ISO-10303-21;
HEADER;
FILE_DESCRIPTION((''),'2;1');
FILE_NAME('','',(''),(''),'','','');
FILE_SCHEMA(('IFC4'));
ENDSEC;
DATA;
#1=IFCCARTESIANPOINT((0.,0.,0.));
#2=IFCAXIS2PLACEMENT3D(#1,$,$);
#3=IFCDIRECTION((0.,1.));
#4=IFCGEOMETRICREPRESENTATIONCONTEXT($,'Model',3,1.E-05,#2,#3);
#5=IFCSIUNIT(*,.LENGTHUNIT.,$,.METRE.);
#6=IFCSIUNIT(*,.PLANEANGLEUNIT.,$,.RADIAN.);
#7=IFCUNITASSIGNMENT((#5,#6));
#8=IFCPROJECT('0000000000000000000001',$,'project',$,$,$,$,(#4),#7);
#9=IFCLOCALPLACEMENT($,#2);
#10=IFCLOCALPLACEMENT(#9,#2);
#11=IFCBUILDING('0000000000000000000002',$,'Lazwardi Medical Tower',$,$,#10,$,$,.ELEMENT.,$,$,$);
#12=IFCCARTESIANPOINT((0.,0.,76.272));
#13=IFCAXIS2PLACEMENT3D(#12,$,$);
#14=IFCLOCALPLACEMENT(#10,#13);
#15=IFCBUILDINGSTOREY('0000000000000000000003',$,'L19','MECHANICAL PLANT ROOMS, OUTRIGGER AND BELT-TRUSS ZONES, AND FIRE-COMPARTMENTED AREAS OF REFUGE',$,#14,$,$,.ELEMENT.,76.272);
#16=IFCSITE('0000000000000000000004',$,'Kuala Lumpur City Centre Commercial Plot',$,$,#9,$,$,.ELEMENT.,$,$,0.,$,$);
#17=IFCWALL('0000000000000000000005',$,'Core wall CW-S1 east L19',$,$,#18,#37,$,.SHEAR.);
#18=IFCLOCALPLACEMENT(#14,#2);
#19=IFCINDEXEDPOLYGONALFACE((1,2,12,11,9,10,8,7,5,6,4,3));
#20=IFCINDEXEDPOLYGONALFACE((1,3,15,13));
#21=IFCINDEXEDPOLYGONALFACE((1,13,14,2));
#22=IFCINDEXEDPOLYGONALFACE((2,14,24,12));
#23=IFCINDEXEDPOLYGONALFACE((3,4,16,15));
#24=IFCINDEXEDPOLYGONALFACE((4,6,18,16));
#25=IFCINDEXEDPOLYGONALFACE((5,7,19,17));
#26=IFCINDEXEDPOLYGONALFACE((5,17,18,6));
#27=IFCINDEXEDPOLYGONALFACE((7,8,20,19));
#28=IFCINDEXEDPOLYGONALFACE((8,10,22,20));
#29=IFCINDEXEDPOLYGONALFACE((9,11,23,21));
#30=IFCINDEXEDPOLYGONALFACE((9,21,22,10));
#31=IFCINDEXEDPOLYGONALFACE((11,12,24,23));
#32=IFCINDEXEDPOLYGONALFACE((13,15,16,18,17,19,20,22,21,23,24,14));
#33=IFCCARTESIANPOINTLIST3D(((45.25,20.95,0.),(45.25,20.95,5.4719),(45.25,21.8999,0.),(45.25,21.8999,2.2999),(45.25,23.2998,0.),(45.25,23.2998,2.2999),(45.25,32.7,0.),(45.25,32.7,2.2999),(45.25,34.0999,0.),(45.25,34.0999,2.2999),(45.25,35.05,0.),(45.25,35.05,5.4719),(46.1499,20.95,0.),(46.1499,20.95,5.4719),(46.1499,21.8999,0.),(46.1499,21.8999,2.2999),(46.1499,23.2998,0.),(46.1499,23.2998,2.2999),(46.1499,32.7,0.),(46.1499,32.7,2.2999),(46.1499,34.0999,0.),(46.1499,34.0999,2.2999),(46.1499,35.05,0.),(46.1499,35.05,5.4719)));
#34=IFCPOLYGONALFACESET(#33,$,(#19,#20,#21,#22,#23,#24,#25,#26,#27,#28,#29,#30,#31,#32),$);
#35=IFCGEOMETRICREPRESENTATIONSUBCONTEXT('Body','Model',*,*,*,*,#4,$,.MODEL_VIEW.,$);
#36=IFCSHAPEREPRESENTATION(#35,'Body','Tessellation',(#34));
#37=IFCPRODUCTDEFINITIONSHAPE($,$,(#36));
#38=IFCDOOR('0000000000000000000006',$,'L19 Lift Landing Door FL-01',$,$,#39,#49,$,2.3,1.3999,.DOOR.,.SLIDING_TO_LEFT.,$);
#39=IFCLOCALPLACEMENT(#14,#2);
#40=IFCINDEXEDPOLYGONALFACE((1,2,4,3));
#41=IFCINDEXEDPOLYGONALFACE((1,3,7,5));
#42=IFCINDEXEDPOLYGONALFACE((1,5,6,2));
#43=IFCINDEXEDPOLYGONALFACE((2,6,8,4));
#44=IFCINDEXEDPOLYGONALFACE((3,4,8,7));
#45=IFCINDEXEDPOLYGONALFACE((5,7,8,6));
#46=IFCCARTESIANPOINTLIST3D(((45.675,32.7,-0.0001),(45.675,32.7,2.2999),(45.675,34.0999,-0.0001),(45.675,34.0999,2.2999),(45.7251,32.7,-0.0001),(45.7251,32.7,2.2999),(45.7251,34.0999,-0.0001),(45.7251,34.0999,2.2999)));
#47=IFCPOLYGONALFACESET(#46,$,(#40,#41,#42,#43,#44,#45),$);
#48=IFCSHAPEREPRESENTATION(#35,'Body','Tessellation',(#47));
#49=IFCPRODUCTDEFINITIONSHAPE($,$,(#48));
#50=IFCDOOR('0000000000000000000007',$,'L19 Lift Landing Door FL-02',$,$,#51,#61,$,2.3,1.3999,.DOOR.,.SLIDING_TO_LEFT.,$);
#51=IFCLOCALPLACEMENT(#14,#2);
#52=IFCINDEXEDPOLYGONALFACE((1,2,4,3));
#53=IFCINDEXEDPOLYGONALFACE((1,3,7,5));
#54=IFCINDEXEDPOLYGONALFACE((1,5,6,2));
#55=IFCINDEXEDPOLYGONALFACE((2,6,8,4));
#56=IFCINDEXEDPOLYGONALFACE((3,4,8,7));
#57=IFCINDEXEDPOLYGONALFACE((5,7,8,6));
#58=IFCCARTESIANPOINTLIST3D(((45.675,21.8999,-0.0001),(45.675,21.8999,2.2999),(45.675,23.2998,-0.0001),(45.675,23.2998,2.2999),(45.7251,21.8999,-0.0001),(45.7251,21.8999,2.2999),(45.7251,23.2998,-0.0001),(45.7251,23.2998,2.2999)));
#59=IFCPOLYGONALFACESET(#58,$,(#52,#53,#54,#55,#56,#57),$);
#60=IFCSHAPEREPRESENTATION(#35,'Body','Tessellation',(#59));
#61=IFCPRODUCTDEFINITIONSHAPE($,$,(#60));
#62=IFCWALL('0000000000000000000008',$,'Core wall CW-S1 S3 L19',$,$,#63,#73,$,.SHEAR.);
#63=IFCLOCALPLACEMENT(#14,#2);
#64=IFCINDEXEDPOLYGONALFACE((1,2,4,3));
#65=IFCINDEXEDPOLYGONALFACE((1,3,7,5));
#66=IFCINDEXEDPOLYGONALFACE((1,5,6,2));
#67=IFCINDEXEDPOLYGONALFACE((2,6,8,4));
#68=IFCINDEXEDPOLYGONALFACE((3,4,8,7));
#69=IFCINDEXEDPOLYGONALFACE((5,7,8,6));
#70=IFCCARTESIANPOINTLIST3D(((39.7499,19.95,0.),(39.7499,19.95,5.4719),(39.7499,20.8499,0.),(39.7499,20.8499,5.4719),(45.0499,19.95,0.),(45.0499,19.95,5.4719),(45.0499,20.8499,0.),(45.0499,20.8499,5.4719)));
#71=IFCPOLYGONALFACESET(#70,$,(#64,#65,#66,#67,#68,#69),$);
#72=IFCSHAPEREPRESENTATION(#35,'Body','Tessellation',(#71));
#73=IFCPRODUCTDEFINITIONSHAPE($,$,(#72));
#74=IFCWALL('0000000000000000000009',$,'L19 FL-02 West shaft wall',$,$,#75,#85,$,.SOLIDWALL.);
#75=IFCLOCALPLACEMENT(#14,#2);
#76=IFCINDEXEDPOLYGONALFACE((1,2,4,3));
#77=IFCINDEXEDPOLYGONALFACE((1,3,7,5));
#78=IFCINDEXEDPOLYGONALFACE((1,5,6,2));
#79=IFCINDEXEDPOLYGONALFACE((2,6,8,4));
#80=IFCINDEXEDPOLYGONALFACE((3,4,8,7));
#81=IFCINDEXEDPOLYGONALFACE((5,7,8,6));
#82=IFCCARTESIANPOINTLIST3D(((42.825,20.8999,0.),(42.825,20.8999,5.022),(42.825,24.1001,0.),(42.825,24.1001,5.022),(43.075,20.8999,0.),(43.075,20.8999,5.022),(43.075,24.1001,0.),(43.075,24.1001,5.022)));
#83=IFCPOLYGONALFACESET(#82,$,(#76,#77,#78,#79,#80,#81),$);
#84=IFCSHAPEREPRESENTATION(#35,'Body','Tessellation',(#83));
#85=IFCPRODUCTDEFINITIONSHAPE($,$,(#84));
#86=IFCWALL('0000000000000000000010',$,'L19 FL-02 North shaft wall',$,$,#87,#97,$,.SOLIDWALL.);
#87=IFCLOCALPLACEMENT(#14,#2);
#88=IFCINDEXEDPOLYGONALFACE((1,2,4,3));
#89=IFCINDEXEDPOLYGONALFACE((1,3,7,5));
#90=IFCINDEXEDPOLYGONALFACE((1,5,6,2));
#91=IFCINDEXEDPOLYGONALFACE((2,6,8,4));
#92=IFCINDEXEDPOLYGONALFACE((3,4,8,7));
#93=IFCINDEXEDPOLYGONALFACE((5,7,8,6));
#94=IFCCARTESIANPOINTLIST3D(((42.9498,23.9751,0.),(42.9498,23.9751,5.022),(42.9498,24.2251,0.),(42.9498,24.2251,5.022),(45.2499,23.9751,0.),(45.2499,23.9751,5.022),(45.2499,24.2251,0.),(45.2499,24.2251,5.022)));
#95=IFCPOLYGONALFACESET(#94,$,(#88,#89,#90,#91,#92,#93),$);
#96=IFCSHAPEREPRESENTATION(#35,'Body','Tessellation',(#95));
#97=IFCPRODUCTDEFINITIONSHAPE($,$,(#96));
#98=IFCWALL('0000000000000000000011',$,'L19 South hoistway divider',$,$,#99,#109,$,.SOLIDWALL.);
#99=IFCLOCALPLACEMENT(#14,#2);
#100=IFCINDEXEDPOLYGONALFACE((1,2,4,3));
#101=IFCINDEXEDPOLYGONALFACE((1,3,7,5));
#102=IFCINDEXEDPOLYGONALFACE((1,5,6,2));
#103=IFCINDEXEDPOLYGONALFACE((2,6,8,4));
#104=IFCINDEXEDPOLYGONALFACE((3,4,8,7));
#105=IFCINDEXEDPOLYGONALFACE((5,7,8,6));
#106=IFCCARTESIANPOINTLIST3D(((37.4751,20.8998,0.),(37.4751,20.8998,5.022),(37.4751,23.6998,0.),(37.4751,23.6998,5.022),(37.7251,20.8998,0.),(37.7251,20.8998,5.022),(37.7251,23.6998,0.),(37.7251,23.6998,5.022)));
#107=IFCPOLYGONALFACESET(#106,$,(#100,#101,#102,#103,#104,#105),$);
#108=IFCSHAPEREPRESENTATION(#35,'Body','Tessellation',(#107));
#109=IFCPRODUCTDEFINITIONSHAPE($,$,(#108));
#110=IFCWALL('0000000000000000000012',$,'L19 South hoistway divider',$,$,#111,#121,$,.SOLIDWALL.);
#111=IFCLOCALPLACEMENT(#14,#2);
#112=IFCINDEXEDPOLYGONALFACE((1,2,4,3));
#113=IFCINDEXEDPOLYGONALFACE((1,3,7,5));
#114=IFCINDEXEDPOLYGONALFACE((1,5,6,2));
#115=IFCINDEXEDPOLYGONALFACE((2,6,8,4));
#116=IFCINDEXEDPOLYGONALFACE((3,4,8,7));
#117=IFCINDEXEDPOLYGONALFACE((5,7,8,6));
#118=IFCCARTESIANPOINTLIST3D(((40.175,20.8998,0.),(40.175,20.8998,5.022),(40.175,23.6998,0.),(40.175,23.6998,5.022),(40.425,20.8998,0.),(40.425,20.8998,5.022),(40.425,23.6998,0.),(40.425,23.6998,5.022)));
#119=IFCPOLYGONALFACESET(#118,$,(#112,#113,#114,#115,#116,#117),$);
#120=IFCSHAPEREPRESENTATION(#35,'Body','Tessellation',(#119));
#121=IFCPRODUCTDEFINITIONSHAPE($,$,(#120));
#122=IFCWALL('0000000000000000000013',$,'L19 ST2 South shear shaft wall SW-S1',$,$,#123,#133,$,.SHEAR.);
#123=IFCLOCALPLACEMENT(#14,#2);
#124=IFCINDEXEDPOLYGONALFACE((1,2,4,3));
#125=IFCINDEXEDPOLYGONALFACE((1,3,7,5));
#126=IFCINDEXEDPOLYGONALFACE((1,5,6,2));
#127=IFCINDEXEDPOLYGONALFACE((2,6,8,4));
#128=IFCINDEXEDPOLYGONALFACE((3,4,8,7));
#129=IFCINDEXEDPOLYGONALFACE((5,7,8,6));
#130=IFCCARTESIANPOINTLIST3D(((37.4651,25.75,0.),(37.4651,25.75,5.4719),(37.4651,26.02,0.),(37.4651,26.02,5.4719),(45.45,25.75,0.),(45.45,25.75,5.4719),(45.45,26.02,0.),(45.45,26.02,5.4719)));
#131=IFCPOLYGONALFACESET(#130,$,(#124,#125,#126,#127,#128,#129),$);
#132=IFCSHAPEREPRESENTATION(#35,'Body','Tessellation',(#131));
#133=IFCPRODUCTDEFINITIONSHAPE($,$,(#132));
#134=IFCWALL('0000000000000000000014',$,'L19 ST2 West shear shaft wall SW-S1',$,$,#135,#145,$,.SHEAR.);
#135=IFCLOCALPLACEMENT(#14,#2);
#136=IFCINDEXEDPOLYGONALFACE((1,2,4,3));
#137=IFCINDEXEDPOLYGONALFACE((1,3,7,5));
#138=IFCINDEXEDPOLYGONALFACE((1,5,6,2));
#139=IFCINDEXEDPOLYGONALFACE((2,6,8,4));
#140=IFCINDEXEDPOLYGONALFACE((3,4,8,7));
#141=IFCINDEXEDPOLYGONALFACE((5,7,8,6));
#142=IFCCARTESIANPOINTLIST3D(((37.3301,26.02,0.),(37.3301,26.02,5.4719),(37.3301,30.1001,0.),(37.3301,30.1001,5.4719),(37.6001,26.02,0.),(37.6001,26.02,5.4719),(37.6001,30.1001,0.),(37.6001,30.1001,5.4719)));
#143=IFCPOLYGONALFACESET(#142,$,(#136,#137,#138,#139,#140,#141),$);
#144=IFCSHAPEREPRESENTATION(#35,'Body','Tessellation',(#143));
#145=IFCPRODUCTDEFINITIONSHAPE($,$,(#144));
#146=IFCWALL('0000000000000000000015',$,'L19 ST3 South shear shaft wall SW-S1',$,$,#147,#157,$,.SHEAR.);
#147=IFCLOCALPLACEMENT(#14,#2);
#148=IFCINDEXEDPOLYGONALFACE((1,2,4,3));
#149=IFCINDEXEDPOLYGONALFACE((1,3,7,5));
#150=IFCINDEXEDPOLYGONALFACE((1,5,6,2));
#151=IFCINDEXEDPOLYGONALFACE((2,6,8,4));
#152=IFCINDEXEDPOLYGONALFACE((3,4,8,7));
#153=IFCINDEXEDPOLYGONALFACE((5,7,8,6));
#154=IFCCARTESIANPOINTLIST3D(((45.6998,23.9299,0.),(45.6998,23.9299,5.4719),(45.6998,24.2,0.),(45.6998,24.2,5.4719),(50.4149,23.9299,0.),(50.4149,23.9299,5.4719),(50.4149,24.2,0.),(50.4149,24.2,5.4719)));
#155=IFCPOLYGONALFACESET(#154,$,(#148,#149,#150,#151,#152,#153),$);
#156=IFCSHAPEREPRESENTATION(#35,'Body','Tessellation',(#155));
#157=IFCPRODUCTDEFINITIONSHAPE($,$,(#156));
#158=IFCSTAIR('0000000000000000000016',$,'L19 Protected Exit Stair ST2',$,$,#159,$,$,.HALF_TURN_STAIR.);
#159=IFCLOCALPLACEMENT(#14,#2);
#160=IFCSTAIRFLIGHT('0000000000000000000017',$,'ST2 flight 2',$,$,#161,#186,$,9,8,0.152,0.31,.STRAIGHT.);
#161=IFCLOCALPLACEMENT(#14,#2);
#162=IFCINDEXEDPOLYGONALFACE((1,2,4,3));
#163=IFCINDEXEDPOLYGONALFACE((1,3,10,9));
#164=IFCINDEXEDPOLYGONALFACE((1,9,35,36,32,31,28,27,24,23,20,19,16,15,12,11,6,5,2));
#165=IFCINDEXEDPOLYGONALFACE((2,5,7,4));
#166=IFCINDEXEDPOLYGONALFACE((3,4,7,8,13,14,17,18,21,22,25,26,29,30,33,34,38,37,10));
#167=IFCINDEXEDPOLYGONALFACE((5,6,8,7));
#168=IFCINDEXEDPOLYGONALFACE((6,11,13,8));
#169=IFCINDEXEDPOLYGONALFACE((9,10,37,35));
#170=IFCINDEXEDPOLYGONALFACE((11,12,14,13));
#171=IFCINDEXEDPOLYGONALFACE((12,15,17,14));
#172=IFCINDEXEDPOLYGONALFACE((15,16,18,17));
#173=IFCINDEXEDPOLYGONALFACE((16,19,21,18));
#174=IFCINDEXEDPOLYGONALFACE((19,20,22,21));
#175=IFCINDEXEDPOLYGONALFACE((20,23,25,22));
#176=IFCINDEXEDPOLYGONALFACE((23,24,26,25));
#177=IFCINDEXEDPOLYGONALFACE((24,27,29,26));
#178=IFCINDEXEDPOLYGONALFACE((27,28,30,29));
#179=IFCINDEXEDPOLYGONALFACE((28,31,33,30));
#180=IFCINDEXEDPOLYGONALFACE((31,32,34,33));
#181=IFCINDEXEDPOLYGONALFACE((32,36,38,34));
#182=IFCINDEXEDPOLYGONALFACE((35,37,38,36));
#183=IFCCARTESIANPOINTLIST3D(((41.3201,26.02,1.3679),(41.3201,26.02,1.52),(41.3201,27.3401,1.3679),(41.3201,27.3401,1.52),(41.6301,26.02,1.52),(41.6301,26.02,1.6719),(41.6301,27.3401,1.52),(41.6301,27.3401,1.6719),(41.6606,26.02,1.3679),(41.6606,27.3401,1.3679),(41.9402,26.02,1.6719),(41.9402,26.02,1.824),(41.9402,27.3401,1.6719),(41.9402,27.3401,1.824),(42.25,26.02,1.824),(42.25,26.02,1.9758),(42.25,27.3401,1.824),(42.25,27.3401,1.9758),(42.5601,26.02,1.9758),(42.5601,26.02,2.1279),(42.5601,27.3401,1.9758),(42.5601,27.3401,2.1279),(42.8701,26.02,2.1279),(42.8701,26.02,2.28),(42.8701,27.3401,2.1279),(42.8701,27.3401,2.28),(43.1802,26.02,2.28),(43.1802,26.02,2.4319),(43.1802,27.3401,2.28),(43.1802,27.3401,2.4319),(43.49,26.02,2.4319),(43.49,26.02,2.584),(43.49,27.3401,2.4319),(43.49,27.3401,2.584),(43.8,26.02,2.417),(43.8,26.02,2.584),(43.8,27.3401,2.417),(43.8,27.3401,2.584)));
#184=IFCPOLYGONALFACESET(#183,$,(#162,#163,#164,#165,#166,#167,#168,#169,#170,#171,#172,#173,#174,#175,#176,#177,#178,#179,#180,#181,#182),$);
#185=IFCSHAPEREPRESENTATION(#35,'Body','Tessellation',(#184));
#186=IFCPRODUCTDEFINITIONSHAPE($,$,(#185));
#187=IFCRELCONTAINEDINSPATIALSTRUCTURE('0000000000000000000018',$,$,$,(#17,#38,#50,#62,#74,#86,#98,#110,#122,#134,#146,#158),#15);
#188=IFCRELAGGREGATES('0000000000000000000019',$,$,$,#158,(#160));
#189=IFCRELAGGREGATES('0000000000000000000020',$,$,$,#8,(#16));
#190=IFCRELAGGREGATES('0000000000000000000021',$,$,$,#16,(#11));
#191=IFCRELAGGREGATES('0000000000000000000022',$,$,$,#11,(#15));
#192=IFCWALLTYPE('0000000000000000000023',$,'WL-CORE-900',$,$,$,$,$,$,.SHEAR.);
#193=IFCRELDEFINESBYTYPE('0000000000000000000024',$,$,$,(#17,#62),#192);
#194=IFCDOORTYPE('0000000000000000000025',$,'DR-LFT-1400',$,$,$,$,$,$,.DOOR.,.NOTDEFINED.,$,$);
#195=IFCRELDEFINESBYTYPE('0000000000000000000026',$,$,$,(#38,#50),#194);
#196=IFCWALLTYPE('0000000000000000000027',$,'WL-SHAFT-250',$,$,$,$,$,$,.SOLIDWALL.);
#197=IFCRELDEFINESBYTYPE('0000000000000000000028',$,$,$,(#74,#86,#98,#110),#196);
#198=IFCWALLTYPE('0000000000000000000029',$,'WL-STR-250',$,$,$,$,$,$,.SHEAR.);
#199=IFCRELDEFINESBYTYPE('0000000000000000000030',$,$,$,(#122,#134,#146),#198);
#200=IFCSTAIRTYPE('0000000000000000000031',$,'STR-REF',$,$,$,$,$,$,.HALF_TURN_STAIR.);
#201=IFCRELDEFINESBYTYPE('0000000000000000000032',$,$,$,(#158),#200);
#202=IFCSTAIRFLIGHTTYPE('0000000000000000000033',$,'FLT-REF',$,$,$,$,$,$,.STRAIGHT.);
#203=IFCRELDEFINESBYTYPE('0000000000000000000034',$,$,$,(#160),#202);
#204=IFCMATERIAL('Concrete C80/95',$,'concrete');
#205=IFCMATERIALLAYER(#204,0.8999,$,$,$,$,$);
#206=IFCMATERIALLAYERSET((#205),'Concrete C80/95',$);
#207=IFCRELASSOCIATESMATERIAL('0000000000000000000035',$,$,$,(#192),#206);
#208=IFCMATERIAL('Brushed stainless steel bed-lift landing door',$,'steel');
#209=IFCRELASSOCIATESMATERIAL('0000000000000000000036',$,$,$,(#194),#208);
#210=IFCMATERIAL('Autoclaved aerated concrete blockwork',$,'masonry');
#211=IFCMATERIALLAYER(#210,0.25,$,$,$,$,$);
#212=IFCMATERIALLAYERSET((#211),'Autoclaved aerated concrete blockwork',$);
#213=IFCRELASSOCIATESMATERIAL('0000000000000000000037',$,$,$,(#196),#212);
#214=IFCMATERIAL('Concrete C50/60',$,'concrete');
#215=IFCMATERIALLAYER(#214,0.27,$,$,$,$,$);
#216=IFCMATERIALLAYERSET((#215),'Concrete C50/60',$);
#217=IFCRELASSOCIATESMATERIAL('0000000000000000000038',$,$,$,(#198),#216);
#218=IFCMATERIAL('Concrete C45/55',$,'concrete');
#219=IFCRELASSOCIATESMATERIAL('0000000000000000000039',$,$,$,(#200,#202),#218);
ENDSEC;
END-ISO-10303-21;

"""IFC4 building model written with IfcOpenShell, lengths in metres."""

from ifc_helpers import new_model, si_unit, direction, frame, frame_2d, origin, place, context, subcontext, project, spatial, polyline, rectangle, outline, extrude, material, layer, layer_set, type_object, element, fill, aggregate, save


model = new_model("IFC4")

# Units and contexts
model_context = context("Model", 3, precision=1e-05, world=origin(), true_north=direction((0.0, 1.0)))
body_context = subcontext(model_context, "Body", "Model", "MODEL_VIEW")
ifc_project = project(units=[si_unit("LENGTHUNIT", "METRE"), si_unit("PLANEANGLEUNIT", "RADIAN")], contexts=[model_context])

# Site, building, storey
site_placement = place(None, origin())
site = spatial("IfcSite", under=ifc_project, at=site_placement, Name="Kuala Lumpur City Centre Commercial Plot", CompositionType="ELEMENT", RefElevation=0.0)
building_placement = place(site_placement, origin())
building = spatial("IfcBuilding", under=site, at=building_placement, Name="Lazwardi Medical Tower", CompositionType="ELEMENT")
storey_placement = place(building_placement, frame((0.0, 0.0, 76.272)))
storey = spatial("IfcBuildingStorey", under=building, at=storey_placement, Name="L19", Description="MECHANICAL PLANT ROOMS, OUTRIGGER AND BELT-TRUSS ZONES, AND FIRE-COMPARTMENTED AREAS OF REFUGE", CompositionType="ELEMENT", Elevation=76.272)

# Shared definitions
ifc_material_1 = material(Name="Concrete C80/95", Category="concrete")

# Wall, openings, doors
ifc_layer_1 = layer(ifc_material_1, 0.8999)
ifc_layer_set_1 = layer_set([ifc_layer_1], Name="Concrete C80/95")
wall_type_1 = type_object("IfcWallType", Name="WL-CORE-900", PredefinedType="SHEAR", material=ifc_layer_set_1)
wall_1_placement = place(storey_placement, frame((45.7, 20.95, 0.0), z_axis=(0.0, 0.0, 1.0), x_axis=(0.0, 1.0, 0.0)))
wall_1 = element("IfcWall", 1, at=wall_1_placement, inside=storey, type_object=wall_type_1, Name="Core wall CW-S1 east L19", PredefinedType="SHEAR", context=body_context, shape_type="SweptSolid", body=[
    extrude(rectangle(XDim=14.1001, YDim=0.8999, at=frame_2d((7.05, 0.0))), origin(), (0.0, 0.0, 1.0), 5.4719),
])
opening_1_placement = place(wall_1_placement, frame((11.75, 0.0, 0.0)))
opening_1 = element("IfcOpeningElement", 2, at=opening_1_placement, cuts=wall_1, PredefinedType="OPENING", context=body_context, shape_type="SweptSolid", body=[
    extrude(rectangle(XDim=1.3999, YDim=2.3, at=frame_2d((0.7, 1.1499))), frame((0.0, 0.46, 0.0), z_axis=(0.0, -1.0, 0.0), x_axis=(1.0, 0.0, 0.0)), (0.0, 0.0, 1.0), 0.9199),
])
opening_2_placement = place(wall_1_placement, frame((0.95, 0.0, 0.0)))
opening_2 = element("IfcOpeningElement", 3, at=opening_2_placement, cuts=wall_1, PredefinedType="OPENING", context=body_context, shape_type="SweptSolid", body=[
    extrude(rectangle(XDim=1.3999, YDim=2.3, at=frame_2d((0.7, 1.1499))), frame((0.0, 0.46, 0.0), z_axis=(0.0, -1.0, 0.0), x_axis=(1.0, 0.0, 0.0)), (0.0, 0.0, 1.0), 0.9199),
])
ifc_material_2 = material(Name="Brushed stainless steel bed-lift landing door", Category="steel")
door_type = type_object("IfcDoorType", Name="DR-LFT-1400", OperationType="NOTDEFINED", PredefinedType="DOOR", material=ifc_material_2)
door_1_placement = place(opening_1_placement, origin())
door_1 = element("IfcDoor", 4, at=door_1_placement, inside=storey, type_object=door_type, Name="L19 Lift Landing Door FL-01", OperationType="SLIDING_TO_LEFT", OverallHeight=2.3, OverallWidth=1.3999, PredefinedType="DOOR", context=body_context, shape_type="SweptSolid", body=[
    extrude(rectangle(XDim=1.3999, YDim=2.3, at=frame_2d((0.7, 1.1499))), frame((0.0, 0.0249, 0.0), z_axis=(0.0, -1.0, 0.0), x_axis=(1.0, 0.0, 0.0)), (0.0, 0.0, 1.0), 0.05),
])
fill(opening_1, door_1)
door_2_placement = place(opening_2_placement, origin())
door_2 = element("IfcDoor", 5, at=door_2_placement, inside=storey, type_object=door_type, Name="L19 Lift Landing Door FL-02", OperationType="SLIDING_TO_LEFT", OverallHeight=2.3, OverallWidth=1.3999, PredefinedType="DOOR", context=body_context, shape_type="SweptSolid", body=[
    extrude(rectangle(XDim=1.3999, YDim=2.3, at=frame_2d((0.7, 1.1499))), frame((0.0, 0.0249, 0.0), z_axis=(0.0, -1.0, 0.0), x_axis=(1.0, 0.0, 0.0)), (0.0, 0.0, 1.0), 0.05),
])
fill(opening_2, door_2)

# Walls
wall_2_placement = place(storey_placement, frame((39.75, 20.3999, 0.0), z_axis=(0.0, 0.0, 1.0), x_axis=(1.0, 0.0, 0.0)))
element("IfcWall", 6, at=wall_2_placement, inside=storey, type_object=wall_type_1, Name="Core wall CW-S1 S3 L19", PredefinedType="SHEAR", context=body_context, shape_type="SweptSolid", body=[
    extrude(rectangle(XDim=5.3, YDim=0.8999, at=frame_2d((2.6499, 0.0))), origin(), (0.0, 0.0, 1.0), 5.4719),
])
ifc_material_3 = material(Name="Autoclaved aerated concrete blockwork", Category="masonry")
ifc_layer_2 = layer(ifc_material_3, 0.25)
ifc_layer_set_2 = layer_set([ifc_layer_2], Name="Autoclaved aerated concrete blockwork")
wall_type_2 = type_object("IfcWallType", Name="WL-SHAFT-250", PredefinedType="SOLIDWALL", material=ifc_layer_set_2)
wall_3_placement = place(storey_placement, frame((42.95, 20.8999, 0.0), z_axis=(0.0, 0.0, 1.0), x_axis=(0.0, 1.0, 0.0)))
element("IfcWall", 7, at=wall_3_placement, inside=storey, type_object=wall_type_2, Name="L19 FL-02 West shaft wall", PredefinedType="SOLIDWALL", context=body_context, shape_type="SweptSolid", body=[
    extrude(rectangle(XDim=3.2002, YDim=0.25, at=frame_2d((1.6001, 0.0))), origin(), (0.0, 0.0, 1.0), 5.022),
])
wall_4_placement = place(storey_placement, frame((42.95, 24.1001, 0.0), z_axis=(0.0, 0.0, 1.0), x_axis=(1.0, 0.0, 0.0)))
element("IfcWall", 8, at=wall_4_placement, inside=storey, type_object=wall_type_2, Name="L19 FL-02 North shaft wall", PredefinedType="SOLIDWALL", context=body_context, shape_type="SweptSolid", body=[
    extrude(rectangle(XDim=2.3, YDim=0.25, at=frame_2d((1.1499, 0.0))), origin(), (0.0, 0.0, 1.0), 5.022),
])
for number, where, z_axis, x_axis, name in (
    (9, (37.6001, 20.8999, 0.0), (0.0, 0.0, 1.0), (0.0, 1.0, 0.0), "L19 South hoistway divider"),
    (10, (40.3, 20.8999, 0.0), (0.0, 0.0, 1.0), (0.0, 1.0, 0.0), "L19 South hoistway divider"),
):
    element("IfcWall", number, at=place(storey_placement, frame(where, z_axis=z_axis, x_axis=x_axis)), inside=storey, type_object=wall_type_2, Name=name, PredefinedType="SOLIDWALL", context=body_context, shape_type="SweptSolid", body=[
        extrude(rectangle(XDim=2.8, YDim=0.25, at=frame_2d((1.3999, 0.0))), origin(), (0.0, 0.0, 1.0), 5.022),
    ])
ifc_material_4 = material(Name="Concrete C50/60", Category="concrete")
ifc_layer_3 = layer(ifc_material_4, 0.27)
ifc_layer_set_3 = layer_set([ifc_layer_3], Name="Concrete C50/60")
wall_type_3 = type_object("IfcWallType", Name="WL-STR-250", PredefinedType="SHEAR", material=ifc_layer_set_3)
wall_5_placement = place(storey_placement, frame((37.4651, 25.885, 0.0), z_axis=(0.0, 0.0, 1.0), x_axis=(1.0, 0.0, 0.0)))
element("IfcWall", 11, at=wall_5_placement, inside=storey, type_object=wall_type_3, Name="L19 ST2 South shear shaft wall SW-S1", PredefinedType="SHEAR", context=body_context, shape_type="SweptSolid", body=[
    extrude(rectangle(XDim=7.9849, YDim=0.27, at=frame_2d((3.9924, 0.0))), origin(), (0.0, 0.0, 1.0), 5.4719),
])
wall_6_placement = place(storey_placement, frame((37.4651, 26.02, 0.0), z_axis=(0.0, 0.0, 1.0), x_axis=(0.0, 1.0, 0.0)))
element("IfcWall", 12, at=wall_6_placement, inside=storey, type_object=wall_type_3, Name="L19 ST2 West shear shaft wall SW-S1", PredefinedType="SHEAR", context=body_context, shape_type="SweptSolid", body=[
    extrude(rectangle(XDim=4.0801, YDim=0.27, at=frame_2d((2.04, 0.0))), origin(), (0.0, 0.0, 1.0), 5.4719),
])
wall_7_placement = place(storey_placement, frame((45.7, 24.0649, 0.0), z_axis=(0.0, 0.0, 1.0), x_axis=(1.0, 0.0, 0.0)))
element("IfcWall", 13, at=wall_7_placement, inside=storey, type_object=wall_type_3, Name="L19 ST3 South shear shaft wall SW-S1", PredefinedType="SHEAR", context=body_context, shape_type="SweptSolid", body=[
    extrude(rectangle(XDim=4.7151, YDim=0.27, at=frame_2d((2.3574, 0.0))), origin(), (0.0, 0.0, 1.0), 5.4719),
])

# Stair, stair flight
ifc_material_5 = material(Name="Concrete C45/55", Category="concrete")
stair_type = type_object("IfcStairType", Name="STR-REF", PredefinedType="HALF_TURN_STAIR", material=ifc_material_5)
stair_1_placement = place(storey_placement, origin())
stair_1 = element("IfcStair", 14, at=stair_1_placement, inside=storey, type_object=stair_type, Name="L19 Protected Exit Stair ST2", PredefinedType="HALF_TURN_STAIR")
stair_flight_type = type_object("IfcStairFlightType", Name="FLT-REF", PredefinedType="STRAIGHT", material=ifc_material_5)
stair_flight_1_placement = place(storey_placement, frame((41.3201, 26.6799, 1.3679), z_axis=(0.0, 0.0, 1.0), x_axis=(1.0, 0.0, 0.0)))
stair_flight_1 = element("IfcStairFlight", 15, at=stair_flight_1_placement, type_object=stair_flight_type, Name="ST2 flight 2", NumberOfRisers=9, NumberOfTreads=8, PredefinedType="STRAIGHT", RiserHeight=0.152, TreadLength=0.31, context=body_context, shape_type="SweptSolid", body=[
    extrude(outline(polyline([(0.0, 0.0), (0.0, 0.1521), (0.3101, 0.1521), (0.3101, 0.304), (0.6201, 0.304), (0.6201, 0.4561), (0.9299, 0.4561), (0.9299, 0.6079), (1.24, 0.6079), (1.24, 0.76), (1.55, 0.76), (1.55, 0.9121), (1.8601, 0.9121), (1.8601, 1.064), (2.1699, 1.064), (2.1699, 1.2161), (2.48, 1.2161), (2.48, 1.3679), (2.48, 1.0491), (0.3406, 0.0), (0.0, 0.0)])), frame((0.0, 0.6602, 0.0), z_axis=(0.0, -1.0, 0.0), x_axis=(1.0, 0.0, 0.0)), (0.0, 0.0, 1.0), 1.3201),
])
aggregate(stair_1, [stair_flight_1])

save(model, "model.ifc")
